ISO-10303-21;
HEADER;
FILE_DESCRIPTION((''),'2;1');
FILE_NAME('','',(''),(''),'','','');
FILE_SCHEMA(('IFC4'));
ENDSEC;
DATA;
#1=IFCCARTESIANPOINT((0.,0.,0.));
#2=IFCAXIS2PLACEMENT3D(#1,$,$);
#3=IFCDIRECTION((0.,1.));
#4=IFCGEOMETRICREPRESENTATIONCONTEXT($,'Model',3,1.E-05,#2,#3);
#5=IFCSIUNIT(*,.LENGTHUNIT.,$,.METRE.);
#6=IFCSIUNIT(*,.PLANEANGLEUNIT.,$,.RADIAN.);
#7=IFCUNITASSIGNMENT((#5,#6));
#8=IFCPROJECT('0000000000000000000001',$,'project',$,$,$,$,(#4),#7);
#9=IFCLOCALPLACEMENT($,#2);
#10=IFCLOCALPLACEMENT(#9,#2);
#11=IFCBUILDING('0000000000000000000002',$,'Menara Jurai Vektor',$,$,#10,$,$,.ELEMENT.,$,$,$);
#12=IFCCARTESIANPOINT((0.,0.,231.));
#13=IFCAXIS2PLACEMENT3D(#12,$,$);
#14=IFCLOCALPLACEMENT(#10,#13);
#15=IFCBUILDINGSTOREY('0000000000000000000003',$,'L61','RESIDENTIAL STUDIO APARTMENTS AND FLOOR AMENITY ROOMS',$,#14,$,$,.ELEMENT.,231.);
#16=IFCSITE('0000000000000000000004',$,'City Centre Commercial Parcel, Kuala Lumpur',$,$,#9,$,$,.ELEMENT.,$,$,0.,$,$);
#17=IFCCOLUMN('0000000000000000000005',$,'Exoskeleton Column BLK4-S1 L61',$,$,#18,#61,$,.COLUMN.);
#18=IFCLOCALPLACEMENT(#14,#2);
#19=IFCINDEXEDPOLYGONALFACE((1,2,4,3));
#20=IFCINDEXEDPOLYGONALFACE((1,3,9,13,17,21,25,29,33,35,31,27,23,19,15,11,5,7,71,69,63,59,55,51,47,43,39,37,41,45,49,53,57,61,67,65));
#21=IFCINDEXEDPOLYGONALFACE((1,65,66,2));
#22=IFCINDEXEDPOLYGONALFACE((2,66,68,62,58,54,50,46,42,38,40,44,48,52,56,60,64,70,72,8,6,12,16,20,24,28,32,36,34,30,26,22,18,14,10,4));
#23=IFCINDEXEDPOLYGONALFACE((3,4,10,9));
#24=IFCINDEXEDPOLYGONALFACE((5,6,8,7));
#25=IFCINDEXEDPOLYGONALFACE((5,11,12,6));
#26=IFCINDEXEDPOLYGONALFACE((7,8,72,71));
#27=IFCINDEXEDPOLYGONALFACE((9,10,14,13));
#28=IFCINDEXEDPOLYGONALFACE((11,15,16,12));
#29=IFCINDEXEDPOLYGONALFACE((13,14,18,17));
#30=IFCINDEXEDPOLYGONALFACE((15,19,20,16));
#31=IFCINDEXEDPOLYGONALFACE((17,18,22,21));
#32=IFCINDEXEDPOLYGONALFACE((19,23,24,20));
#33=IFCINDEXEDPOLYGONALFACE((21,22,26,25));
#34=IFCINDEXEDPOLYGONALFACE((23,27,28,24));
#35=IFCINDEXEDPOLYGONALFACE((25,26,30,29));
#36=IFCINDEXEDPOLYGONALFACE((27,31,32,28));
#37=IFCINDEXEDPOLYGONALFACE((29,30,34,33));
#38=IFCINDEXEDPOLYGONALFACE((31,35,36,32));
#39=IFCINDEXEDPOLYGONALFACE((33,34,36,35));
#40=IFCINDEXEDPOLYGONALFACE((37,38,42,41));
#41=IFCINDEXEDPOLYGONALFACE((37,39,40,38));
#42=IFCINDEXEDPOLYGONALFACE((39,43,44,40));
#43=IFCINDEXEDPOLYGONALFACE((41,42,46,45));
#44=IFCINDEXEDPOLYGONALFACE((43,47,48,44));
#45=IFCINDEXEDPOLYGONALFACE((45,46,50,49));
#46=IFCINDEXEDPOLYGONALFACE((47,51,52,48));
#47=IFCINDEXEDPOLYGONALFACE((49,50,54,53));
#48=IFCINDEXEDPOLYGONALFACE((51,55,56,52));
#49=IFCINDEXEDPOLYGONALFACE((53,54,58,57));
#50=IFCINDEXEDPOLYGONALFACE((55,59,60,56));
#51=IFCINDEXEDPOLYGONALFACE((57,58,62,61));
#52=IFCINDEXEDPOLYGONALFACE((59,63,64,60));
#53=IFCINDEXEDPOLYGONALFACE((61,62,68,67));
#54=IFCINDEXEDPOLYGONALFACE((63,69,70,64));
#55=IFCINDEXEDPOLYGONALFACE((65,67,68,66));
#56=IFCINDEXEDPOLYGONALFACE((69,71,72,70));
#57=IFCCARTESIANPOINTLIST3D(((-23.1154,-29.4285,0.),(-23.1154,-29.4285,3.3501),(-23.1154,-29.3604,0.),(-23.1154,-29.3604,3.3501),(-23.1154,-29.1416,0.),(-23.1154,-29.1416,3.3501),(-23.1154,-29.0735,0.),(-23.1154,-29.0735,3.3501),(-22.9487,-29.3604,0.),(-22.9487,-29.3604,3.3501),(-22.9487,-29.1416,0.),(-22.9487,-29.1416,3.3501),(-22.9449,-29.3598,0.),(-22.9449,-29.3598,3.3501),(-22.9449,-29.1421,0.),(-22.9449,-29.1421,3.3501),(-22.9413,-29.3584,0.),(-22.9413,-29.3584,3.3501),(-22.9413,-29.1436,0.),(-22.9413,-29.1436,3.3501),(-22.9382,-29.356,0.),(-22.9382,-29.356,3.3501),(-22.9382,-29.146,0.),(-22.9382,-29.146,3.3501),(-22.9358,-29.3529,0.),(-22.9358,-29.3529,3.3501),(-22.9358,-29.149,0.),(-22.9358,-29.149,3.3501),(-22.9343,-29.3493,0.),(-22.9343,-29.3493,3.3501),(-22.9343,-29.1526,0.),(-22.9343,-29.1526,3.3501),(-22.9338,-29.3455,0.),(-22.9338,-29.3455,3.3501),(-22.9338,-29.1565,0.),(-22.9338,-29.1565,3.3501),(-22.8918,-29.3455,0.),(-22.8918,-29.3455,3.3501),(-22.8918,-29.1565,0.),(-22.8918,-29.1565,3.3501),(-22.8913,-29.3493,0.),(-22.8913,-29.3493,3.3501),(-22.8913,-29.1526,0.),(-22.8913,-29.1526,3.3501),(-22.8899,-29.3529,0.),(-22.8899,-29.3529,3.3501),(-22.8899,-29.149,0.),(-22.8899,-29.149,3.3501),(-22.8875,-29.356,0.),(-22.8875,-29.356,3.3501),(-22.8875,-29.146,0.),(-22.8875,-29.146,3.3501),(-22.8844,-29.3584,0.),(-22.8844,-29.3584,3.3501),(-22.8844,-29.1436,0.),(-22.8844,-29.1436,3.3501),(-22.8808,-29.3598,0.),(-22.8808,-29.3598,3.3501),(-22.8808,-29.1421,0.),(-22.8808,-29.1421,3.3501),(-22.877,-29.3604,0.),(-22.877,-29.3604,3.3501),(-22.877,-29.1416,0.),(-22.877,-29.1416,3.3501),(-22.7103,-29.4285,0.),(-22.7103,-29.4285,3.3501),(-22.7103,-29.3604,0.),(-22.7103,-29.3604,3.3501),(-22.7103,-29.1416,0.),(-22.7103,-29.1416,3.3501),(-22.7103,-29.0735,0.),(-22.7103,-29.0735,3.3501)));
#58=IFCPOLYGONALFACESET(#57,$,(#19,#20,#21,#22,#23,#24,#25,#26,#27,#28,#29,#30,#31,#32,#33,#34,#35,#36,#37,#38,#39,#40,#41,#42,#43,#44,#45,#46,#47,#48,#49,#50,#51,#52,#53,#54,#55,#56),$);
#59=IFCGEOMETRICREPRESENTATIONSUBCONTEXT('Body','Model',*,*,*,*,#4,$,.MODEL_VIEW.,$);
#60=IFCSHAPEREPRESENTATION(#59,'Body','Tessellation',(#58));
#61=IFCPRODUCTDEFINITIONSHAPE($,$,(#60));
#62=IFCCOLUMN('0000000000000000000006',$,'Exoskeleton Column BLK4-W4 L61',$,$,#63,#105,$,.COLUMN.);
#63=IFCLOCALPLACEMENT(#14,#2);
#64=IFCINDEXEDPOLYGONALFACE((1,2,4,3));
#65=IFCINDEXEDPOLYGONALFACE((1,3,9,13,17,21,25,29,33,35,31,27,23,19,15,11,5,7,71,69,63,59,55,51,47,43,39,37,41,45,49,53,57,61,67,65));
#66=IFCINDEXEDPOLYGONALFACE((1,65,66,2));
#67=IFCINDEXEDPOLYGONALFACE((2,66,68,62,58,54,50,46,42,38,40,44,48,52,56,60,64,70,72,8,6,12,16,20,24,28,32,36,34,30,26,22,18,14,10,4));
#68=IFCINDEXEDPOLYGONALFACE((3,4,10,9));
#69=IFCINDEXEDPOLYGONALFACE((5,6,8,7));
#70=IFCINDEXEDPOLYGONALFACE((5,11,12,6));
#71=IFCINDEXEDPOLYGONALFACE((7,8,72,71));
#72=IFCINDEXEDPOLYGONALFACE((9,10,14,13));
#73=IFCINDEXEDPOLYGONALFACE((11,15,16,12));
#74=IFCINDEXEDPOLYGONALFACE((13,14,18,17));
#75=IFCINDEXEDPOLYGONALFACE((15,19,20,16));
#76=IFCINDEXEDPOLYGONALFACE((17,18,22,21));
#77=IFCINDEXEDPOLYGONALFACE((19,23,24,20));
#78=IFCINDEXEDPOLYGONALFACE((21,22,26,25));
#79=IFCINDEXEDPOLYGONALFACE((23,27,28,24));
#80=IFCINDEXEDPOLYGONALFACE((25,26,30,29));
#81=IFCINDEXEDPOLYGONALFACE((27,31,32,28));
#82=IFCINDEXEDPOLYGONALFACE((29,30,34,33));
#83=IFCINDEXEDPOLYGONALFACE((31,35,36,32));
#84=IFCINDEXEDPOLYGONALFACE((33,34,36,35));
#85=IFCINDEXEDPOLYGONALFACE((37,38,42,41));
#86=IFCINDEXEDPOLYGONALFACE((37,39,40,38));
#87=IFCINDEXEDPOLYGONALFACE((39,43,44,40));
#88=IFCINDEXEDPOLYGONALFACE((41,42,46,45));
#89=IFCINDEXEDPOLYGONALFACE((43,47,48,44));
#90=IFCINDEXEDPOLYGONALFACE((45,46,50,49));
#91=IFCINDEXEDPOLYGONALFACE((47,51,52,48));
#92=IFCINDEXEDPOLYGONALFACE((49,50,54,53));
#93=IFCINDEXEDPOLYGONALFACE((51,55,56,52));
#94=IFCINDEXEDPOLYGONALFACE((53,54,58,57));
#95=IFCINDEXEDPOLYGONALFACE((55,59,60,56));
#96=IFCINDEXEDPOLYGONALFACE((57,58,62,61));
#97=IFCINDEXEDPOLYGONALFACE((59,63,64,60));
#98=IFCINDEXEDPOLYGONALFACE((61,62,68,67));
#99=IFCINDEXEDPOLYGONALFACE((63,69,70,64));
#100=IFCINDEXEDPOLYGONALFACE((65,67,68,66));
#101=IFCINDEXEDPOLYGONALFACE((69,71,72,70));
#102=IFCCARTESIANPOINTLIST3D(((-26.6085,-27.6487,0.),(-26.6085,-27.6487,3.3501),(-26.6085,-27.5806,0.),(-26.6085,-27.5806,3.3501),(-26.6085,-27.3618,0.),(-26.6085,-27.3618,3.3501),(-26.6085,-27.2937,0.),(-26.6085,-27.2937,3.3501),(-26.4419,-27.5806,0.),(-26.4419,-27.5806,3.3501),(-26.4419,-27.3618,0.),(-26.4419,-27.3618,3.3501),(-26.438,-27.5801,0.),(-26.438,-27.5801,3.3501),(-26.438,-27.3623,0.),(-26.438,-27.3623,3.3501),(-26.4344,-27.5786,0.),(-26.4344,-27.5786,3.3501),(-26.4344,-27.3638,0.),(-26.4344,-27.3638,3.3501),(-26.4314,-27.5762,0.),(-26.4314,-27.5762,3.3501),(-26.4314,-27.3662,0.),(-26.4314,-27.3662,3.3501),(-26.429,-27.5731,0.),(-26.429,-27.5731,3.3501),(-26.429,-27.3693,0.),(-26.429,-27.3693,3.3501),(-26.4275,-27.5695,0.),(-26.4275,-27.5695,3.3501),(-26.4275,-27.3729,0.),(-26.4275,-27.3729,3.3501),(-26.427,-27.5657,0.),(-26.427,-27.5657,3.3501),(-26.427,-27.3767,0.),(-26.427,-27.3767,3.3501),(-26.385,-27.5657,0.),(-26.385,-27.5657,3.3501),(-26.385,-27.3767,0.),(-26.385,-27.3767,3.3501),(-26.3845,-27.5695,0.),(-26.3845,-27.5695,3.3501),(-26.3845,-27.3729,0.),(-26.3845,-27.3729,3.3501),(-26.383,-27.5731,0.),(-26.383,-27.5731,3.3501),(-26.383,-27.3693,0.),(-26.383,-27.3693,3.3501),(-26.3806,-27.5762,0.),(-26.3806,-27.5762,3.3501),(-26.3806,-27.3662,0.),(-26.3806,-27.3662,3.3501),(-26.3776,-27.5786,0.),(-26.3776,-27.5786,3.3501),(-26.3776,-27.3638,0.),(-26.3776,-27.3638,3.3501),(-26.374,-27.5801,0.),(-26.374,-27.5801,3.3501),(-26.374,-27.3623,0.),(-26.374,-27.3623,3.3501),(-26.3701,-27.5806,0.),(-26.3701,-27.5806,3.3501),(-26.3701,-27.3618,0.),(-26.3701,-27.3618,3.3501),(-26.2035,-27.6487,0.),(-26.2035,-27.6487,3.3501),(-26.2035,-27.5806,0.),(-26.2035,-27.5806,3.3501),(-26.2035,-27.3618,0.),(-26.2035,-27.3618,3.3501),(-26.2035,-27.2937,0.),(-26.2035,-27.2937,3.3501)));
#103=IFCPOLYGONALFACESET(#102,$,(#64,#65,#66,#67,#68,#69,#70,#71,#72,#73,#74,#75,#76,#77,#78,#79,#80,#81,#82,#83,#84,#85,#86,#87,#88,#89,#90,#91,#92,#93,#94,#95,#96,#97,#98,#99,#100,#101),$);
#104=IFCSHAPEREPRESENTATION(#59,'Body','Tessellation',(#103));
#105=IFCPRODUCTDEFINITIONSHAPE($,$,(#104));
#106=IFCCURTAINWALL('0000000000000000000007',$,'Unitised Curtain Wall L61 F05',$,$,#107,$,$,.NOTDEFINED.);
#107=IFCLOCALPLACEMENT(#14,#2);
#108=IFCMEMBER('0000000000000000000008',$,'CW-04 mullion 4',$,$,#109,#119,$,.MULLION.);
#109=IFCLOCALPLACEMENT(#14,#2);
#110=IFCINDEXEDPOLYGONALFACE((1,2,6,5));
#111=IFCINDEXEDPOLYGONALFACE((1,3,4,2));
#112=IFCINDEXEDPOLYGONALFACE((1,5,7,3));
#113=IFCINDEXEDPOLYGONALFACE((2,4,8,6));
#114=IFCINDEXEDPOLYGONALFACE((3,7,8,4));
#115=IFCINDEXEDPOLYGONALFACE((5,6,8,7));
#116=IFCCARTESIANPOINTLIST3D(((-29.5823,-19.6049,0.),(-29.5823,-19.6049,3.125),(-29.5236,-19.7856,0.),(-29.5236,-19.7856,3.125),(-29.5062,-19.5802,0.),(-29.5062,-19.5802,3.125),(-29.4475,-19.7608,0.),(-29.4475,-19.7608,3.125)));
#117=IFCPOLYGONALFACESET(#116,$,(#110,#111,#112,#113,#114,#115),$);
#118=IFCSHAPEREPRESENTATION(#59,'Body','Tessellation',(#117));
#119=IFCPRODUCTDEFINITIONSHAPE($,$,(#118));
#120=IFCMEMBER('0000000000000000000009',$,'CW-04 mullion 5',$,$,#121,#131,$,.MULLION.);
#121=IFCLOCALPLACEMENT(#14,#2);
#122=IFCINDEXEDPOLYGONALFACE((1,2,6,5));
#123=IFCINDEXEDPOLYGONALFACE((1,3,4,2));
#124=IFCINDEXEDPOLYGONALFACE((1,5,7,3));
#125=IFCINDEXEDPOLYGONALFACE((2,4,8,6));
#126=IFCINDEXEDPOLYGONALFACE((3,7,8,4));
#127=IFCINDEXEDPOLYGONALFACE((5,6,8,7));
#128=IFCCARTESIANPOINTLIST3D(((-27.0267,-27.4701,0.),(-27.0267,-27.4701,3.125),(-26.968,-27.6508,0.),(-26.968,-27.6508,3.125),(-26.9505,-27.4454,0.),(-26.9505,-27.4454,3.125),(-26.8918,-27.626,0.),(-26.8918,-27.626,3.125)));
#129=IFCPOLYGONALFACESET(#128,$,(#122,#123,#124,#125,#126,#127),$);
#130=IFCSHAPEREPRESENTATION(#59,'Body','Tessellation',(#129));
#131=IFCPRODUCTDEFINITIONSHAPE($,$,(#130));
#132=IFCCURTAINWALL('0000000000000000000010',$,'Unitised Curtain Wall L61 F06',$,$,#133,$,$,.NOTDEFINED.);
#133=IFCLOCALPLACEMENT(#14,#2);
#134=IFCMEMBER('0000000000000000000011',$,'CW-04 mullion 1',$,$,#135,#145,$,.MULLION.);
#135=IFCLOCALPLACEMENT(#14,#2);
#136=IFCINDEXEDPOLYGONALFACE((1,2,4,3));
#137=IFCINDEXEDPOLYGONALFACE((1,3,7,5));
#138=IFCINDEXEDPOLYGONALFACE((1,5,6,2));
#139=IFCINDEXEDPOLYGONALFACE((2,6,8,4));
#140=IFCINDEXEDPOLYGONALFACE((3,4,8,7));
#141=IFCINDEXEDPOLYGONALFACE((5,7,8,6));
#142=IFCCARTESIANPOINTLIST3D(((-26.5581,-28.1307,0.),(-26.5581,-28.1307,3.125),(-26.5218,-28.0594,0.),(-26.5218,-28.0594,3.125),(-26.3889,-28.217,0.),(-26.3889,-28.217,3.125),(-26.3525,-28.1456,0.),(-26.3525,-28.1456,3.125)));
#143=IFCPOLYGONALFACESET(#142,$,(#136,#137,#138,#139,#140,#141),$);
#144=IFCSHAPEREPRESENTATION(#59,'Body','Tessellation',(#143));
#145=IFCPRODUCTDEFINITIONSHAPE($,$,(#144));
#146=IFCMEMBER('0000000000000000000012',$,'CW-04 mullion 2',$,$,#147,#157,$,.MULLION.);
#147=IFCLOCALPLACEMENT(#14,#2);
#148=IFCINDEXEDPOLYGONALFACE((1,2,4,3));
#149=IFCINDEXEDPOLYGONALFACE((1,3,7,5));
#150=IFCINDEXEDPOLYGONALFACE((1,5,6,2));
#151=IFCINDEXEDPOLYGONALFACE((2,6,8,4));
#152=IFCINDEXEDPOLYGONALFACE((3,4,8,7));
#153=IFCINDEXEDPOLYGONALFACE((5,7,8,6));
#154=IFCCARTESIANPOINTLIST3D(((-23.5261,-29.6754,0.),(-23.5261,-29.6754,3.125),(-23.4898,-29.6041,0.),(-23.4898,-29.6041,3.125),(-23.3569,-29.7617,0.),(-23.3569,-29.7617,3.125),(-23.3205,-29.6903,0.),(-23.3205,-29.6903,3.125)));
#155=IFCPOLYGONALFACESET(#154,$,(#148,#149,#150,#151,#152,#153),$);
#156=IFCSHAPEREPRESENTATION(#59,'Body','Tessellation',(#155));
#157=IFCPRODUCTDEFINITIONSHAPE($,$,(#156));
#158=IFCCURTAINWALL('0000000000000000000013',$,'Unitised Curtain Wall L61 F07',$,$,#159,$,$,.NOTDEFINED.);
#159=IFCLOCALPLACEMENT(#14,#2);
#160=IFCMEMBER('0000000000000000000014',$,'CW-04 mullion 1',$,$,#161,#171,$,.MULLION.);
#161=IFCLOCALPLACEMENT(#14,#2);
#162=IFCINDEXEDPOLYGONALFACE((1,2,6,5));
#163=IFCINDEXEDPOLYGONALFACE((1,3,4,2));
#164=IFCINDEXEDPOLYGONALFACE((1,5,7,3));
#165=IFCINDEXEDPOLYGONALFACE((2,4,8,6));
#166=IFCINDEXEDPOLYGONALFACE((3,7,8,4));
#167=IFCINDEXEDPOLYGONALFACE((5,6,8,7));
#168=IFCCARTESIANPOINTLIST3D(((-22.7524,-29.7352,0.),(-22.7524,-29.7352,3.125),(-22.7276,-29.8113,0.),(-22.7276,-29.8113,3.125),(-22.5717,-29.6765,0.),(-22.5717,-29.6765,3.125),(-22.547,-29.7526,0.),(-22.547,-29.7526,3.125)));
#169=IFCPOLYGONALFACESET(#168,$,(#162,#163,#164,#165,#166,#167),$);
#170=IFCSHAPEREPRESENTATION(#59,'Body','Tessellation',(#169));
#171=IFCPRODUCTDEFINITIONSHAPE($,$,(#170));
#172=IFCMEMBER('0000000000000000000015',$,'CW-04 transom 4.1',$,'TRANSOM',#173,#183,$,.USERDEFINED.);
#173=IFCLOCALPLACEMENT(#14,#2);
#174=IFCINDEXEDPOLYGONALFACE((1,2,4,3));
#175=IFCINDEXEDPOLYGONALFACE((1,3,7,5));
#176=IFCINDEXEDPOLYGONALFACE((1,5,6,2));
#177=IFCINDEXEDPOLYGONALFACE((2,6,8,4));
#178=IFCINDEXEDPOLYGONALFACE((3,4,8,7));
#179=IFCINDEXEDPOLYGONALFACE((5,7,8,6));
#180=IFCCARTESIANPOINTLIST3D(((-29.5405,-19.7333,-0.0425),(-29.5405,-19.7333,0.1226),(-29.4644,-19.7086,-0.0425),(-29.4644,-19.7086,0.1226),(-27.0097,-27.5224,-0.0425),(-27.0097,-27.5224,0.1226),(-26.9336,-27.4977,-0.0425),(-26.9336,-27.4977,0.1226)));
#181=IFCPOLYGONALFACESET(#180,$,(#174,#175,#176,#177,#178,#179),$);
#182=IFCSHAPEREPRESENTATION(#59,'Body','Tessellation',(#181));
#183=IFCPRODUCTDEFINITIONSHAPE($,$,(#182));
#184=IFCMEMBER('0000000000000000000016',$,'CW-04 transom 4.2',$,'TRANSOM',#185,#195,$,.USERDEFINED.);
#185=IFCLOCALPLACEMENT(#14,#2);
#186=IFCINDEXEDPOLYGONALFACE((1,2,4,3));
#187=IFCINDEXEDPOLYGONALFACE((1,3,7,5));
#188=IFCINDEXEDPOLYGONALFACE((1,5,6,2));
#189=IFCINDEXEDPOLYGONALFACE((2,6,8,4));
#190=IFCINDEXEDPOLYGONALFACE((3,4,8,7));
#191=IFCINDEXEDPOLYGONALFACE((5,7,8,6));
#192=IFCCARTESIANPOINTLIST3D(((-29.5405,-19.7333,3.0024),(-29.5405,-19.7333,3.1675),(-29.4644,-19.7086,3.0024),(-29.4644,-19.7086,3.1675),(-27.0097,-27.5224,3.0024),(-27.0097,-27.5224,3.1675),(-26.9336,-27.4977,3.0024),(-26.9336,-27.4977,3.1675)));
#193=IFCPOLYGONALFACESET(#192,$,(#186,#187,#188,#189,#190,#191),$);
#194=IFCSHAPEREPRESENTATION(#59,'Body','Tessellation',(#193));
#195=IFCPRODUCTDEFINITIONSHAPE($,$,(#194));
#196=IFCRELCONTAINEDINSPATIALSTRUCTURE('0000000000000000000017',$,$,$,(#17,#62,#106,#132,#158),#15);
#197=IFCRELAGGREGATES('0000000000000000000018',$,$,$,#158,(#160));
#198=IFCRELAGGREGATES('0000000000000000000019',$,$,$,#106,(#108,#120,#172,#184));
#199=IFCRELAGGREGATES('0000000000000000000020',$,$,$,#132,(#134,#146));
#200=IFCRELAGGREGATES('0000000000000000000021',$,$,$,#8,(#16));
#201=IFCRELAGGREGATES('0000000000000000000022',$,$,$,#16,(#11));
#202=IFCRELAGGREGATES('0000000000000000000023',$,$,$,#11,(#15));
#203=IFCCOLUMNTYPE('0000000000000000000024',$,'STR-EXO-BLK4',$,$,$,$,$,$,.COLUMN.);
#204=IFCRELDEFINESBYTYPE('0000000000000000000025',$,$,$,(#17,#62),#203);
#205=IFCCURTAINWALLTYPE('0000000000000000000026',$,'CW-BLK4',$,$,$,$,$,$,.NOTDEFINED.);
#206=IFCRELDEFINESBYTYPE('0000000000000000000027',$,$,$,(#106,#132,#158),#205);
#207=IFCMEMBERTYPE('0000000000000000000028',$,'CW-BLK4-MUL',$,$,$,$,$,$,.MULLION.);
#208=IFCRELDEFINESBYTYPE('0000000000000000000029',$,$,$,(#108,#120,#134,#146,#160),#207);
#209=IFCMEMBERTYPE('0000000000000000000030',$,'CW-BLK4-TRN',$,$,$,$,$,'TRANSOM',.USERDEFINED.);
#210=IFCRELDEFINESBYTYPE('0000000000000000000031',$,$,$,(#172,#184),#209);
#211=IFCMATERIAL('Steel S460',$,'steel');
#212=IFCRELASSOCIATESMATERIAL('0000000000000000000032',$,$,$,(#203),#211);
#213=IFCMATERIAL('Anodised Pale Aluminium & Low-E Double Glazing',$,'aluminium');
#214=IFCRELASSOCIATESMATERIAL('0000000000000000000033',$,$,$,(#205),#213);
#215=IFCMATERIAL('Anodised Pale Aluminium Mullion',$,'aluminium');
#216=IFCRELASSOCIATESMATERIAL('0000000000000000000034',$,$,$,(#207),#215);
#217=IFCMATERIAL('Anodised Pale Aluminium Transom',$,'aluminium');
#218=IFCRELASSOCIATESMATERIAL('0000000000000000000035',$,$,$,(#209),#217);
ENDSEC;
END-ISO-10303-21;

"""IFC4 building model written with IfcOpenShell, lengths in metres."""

from ifc_helpers import new_model, si_unit, direction, frame, origin, origin_2d, place, context, subcontext, project, spatial, rectangle, i_section, extrude, material, material_profile, profile_set, type_object, element, aggregate, save


model = new_model("IFC4")

# Units and contexts
model_context = context("Model", 3, precision=1e-05, world=origin(), true_north=direction((0.0, 1.0)))
body_context = subcontext(model_context, "Body", "Model", "MODEL_VIEW")
ifc_project = project(units=[si_unit("LENGTHUNIT", "METRE"), si_unit("PLANEANGLEUNIT", "RADIAN")], contexts=[model_context])

# Site, building, storey
site_placement = place(None, origin())
site = spatial("IfcSite", under=ifc_project, at=site_placement, Name="City Centre Commercial Parcel, Kuala Lumpur", CompositionType="ELEMENT", RefElevation=0.0)
building_placement = place(site_placement, origin())
building = spatial("IfcBuilding", under=site, at=building_placement, Name="Menara Jurai Vektor", CompositionType="ELEMENT")
storey_placement = place(building_placement, frame((0.0, 0.0, 231.0)))
storey = spatial("IfcBuildingStorey", under=building, at=storey_placement, Name="L61", Description="RESIDENTIAL STUDIO APARTMENTS AND FLOOR AMENITY ROOMS", CompositionType="ELEMENT", Elevation=231.0)

# Columns
ifc_material_1 = material(Name="Steel S460", Category="steel")
ifc_material_profile_1 = material_profile(ifc_material_1, i_section(OverallWidth=0.405, OverallDepth=0.355, WebThickness=0.042, FlangeThickness=0.0681, FilletRadius=0.0149, at=origin_2d()), Name="HD 400x551")
ifc_profile_set_1 = profile_set([ifc_material_profile_1], Name="Steel S460")
column_type = type_object("IfcColumnType", Name="STR-EXO-BLK4", PredefinedType="COLUMN", material=ifc_profile_set_1)
for number, where, z_axis, x_axis, name in (
    (1, (-22.9128, -29.251, 0.0), (0.0, 0.0, 1.0), (1.0, 0.0, 0.0), "Exoskeleton Column BLK4-S1 L61"),
    (2, (-26.406, -27.4712, 0.0), (0.0, 0.0, 1.0), (1.0, 0.0, 0.0), "Exoskeleton Column BLK4-W4 L61"),
):
    element("IfcColumn", number, at=place(storey_placement, frame(where, z_axis=z_axis, x_axis=x_axis)), inside=storey, type_object=column_type, Name=name, PredefinedType="COLUMN", context=body_context, shape_type="SweptSolid", body=[
        extrude(i_section(OverallWidth=0.405, OverallDepth=0.355, WebThickness=0.042, FlangeThickness=0.0681, FilletRadius=0.0149, at=origin_2d()), origin(), (0.0, 0.0, 1.0), 3.3501),
    ])

# Curtain walls, members
ifc_material_2 = material(Name="Anodised Pale Aluminium & Low-E Double Glazing", Category="aluminium")
curtain_wall_type = type_object("IfcCurtainWallType", Name="CW-BLK4", PredefinedType="NOTDEFINED", material=ifc_material_2)
curtain_wall_1_placement = place(storey_placement, origin())
curtain_wall_1 = element("IfcCurtainWall", 3, at=curtain_wall_1_placement, inside=storey, type_object=curtain_wall_type, Name="Unitised Curtain Wall L61 F05", PredefinedType="NOTDEFINED")
ifc_material_3 = material(Name="Anodised Pale Aluminium Mullion", Category="aluminium")
ifc_material_profile_2 = material_profile(ifc_material_3, rectangle(XDim=0.0801, YDim=0.1899, at=origin_2d()), Name="ALU MUL 80x190")
ifc_profile_set_2 = profile_set([ifc_material_profile_2], Name="Anodised Pale Aluminium Mullion")
member_type_1 = type_object("IfcMemberType", Name="CW-BLK4-MUL", PredefinedType="MULLION", material=ifc_profile_set_2)
member_1_placement = place(storey_placement, frame((-29.5149, -19.6829, 0.0), z_axis=(0.0, 0.0, 1.0), x_axis=(0.951057, 0.309016, 0.0)))
member_1 = element("IfcMember", 4, at=member_1_placement, type_object=member_type_1, Name="CW-04 mullion 4", PredefinedType="MULLION", context=body_context, shape_type="SweptSolid", body=[
    extrude(rectangle(XDim=0.0801, YDim=0.1899, at=origin_2d()), origin(), (0.0, 0.0, 1.0), 3.125),
])
member_2_placement = place(storey_placement, frame((-26.9592, -27.5481, 0.0), z_axis=(0.0, 0.0, 1.0), x_axis=(0.951057, 0.309016, 0.0)))
member_2 = element("IfcMember", 5, at=member_2_placement, type_object=member_type_1, Name="CW-04 mullion 5", PredefinedType="MULLION", context=body_context, shape_type="SweptSolid", body=[
    extrude(rectangle(XDim=0.0801, YDim=0.1899, at=origin_2d()), origin(), (0.0, 0.0, 1.0), 3.125),
])
curtain_wall_2_placement = place(storey_placement, origin())
curtain_wall_2 = element("IfcCurtainWall", 6, at=curtain_wall_2_placement, inside=storey, type_object=curtain_wall_type, Name="Unitised Curtain Wall L61 F06", PredefinedType="NOTDEFINED")
member_3_placement = place(storey_placement, frame((-26.4553, -28.1382, 0.0), z_axis=(0.0, 0.0, 1.0), x_axis=(0.453989, 0.891008, 0.0)))
member_3 = element("IfcMember", 7, at=member_3_placement, type_object=member_type_1, Name="CW-04 mullion 1", PredefinedType="MULLION", context=body_context, shape_type="SweptSolid", body=[
    extrude(rectangle(XDim=0.0801, YDim=0.1899, at=origin_2d()), origin(), (0.0, 0.0, 1.0), 3.125),
])
member_4_placement = place(storey_placement, frame((-23.4233, -29.6829, 0.0), z_axis=(0.0, 0.0, 1.0), x_axis=(0.453989, 0.891008, 0.0)))
member_4 = element("IfcMember", 8, at=member_4_placement, type_object=member_type_1, Name="CW-04 mullion 2", PredefinedType="MULLION", context=body_context, shape_type="SweptSolid", body=[
    extrude(rectangle(XDim=0.0801, YDim=0.1899, at=origin_2d()), origin(), (0.0, 0.0, 1.0), 3.125),
])

# Curtain wall, member
curtain_wall_3_placement = place(storey_placement, origin())
curtain_wall_3 = element("IfcCurtainWall", 9, at=curtain_wall_3_placement, inside=storey, type_object=curtain_wall_type, Name="Unitised Curtain Wall L61 F07", PredefinedType="NOTDEFINED")
member_5_placement = place(storey_placement, frame((-22.6497, -29.7439, 0.0), z_axis=(0.0, 0.0, 1.0), x_axis=(-0.309017, 0.951056, 0.0)))
member_5 = element("IfcMember", 10, at=member_5_placement, type_object=member_type_1, Name="CW-04 mullion 1", PredefinedType="MULLION", context=body_context, shape_type="SweptSolid", body=[
    extrude(rectangle(XDim=0.0801, YDim=0.1899, at=origin_2d()), origin(), (0.0, 0.0, 1.0), 3.125),
])

# Members
ifc_material_4 = material(Name="Anodised Pale Aluminium Transom", Category="aluminium")
ifc_material_profile_3 = material_profile(ifc_material_4, rectangle(XDim=0.0801, YDim=0.165, at=origin_2d()), Name="ALU TRN 80x165")
ifc_profile_set_3 = profile_set([ifc_material_profile_3], Name="Anodised Pale Aluminium Transom")
member_type_2 = type_object("IfcMemberType", Name="CW-BLK4-TRN", ElementType="TRANSOM", PredefinedType="USERDEFINED", material=ifc_profile_set_3)
member_6_placement = place(storey_placement, frame((-29.5024, -19.7209, 0.04), z_axis=(0.309011, -0.951059, 0.0), x_axis=(0.951059, 0.309011, 0.0)))
member_6 = element("IfcMember", 11, at=member_6_placement, type_object=member_type_2, Name="CW-04 transom 4.1", ObjectType="TRANSOM", PredefinedType="USERDEFINED", context=body_context, shape_type="SweptSolid", body=[
    extrude(rectangle(XDim=0.0801, YDim=0.165, at=origin_2d()), origin(), (0.0, 0.0, 1.0), 8.1899),
])
member_7_placement = place(storey_placement, frame((-29.5024, -19.7209, 3.085), z_axis=(0.309011, -0.951059, 0.0), x_axis=(0.951059, 0.309011, 0.0)))
member_7 = element("IfcMember", 12, at=member_7_placement, type_object=member_type_2, Name="CW-04 transom 4.2", ObjectType="TRANSOM", PredefinedType="USERDEFINED", context=body_context, shape_type="SweptSolid", body=[
    extrude(rectangle(XDim=0.0801, YDim=0.165, at=origin_2d()), origin(), (0.0, 0.0, 1.0), 8.1899),
])
aggregate(curtain_wall_3, [member_5])

aggregate(curtain_wall_1, [member_1, member_2, member_6, member_7])
aggregate(curtain_wall_2, [member_3, member_4])

save(model, "model.ifc")
